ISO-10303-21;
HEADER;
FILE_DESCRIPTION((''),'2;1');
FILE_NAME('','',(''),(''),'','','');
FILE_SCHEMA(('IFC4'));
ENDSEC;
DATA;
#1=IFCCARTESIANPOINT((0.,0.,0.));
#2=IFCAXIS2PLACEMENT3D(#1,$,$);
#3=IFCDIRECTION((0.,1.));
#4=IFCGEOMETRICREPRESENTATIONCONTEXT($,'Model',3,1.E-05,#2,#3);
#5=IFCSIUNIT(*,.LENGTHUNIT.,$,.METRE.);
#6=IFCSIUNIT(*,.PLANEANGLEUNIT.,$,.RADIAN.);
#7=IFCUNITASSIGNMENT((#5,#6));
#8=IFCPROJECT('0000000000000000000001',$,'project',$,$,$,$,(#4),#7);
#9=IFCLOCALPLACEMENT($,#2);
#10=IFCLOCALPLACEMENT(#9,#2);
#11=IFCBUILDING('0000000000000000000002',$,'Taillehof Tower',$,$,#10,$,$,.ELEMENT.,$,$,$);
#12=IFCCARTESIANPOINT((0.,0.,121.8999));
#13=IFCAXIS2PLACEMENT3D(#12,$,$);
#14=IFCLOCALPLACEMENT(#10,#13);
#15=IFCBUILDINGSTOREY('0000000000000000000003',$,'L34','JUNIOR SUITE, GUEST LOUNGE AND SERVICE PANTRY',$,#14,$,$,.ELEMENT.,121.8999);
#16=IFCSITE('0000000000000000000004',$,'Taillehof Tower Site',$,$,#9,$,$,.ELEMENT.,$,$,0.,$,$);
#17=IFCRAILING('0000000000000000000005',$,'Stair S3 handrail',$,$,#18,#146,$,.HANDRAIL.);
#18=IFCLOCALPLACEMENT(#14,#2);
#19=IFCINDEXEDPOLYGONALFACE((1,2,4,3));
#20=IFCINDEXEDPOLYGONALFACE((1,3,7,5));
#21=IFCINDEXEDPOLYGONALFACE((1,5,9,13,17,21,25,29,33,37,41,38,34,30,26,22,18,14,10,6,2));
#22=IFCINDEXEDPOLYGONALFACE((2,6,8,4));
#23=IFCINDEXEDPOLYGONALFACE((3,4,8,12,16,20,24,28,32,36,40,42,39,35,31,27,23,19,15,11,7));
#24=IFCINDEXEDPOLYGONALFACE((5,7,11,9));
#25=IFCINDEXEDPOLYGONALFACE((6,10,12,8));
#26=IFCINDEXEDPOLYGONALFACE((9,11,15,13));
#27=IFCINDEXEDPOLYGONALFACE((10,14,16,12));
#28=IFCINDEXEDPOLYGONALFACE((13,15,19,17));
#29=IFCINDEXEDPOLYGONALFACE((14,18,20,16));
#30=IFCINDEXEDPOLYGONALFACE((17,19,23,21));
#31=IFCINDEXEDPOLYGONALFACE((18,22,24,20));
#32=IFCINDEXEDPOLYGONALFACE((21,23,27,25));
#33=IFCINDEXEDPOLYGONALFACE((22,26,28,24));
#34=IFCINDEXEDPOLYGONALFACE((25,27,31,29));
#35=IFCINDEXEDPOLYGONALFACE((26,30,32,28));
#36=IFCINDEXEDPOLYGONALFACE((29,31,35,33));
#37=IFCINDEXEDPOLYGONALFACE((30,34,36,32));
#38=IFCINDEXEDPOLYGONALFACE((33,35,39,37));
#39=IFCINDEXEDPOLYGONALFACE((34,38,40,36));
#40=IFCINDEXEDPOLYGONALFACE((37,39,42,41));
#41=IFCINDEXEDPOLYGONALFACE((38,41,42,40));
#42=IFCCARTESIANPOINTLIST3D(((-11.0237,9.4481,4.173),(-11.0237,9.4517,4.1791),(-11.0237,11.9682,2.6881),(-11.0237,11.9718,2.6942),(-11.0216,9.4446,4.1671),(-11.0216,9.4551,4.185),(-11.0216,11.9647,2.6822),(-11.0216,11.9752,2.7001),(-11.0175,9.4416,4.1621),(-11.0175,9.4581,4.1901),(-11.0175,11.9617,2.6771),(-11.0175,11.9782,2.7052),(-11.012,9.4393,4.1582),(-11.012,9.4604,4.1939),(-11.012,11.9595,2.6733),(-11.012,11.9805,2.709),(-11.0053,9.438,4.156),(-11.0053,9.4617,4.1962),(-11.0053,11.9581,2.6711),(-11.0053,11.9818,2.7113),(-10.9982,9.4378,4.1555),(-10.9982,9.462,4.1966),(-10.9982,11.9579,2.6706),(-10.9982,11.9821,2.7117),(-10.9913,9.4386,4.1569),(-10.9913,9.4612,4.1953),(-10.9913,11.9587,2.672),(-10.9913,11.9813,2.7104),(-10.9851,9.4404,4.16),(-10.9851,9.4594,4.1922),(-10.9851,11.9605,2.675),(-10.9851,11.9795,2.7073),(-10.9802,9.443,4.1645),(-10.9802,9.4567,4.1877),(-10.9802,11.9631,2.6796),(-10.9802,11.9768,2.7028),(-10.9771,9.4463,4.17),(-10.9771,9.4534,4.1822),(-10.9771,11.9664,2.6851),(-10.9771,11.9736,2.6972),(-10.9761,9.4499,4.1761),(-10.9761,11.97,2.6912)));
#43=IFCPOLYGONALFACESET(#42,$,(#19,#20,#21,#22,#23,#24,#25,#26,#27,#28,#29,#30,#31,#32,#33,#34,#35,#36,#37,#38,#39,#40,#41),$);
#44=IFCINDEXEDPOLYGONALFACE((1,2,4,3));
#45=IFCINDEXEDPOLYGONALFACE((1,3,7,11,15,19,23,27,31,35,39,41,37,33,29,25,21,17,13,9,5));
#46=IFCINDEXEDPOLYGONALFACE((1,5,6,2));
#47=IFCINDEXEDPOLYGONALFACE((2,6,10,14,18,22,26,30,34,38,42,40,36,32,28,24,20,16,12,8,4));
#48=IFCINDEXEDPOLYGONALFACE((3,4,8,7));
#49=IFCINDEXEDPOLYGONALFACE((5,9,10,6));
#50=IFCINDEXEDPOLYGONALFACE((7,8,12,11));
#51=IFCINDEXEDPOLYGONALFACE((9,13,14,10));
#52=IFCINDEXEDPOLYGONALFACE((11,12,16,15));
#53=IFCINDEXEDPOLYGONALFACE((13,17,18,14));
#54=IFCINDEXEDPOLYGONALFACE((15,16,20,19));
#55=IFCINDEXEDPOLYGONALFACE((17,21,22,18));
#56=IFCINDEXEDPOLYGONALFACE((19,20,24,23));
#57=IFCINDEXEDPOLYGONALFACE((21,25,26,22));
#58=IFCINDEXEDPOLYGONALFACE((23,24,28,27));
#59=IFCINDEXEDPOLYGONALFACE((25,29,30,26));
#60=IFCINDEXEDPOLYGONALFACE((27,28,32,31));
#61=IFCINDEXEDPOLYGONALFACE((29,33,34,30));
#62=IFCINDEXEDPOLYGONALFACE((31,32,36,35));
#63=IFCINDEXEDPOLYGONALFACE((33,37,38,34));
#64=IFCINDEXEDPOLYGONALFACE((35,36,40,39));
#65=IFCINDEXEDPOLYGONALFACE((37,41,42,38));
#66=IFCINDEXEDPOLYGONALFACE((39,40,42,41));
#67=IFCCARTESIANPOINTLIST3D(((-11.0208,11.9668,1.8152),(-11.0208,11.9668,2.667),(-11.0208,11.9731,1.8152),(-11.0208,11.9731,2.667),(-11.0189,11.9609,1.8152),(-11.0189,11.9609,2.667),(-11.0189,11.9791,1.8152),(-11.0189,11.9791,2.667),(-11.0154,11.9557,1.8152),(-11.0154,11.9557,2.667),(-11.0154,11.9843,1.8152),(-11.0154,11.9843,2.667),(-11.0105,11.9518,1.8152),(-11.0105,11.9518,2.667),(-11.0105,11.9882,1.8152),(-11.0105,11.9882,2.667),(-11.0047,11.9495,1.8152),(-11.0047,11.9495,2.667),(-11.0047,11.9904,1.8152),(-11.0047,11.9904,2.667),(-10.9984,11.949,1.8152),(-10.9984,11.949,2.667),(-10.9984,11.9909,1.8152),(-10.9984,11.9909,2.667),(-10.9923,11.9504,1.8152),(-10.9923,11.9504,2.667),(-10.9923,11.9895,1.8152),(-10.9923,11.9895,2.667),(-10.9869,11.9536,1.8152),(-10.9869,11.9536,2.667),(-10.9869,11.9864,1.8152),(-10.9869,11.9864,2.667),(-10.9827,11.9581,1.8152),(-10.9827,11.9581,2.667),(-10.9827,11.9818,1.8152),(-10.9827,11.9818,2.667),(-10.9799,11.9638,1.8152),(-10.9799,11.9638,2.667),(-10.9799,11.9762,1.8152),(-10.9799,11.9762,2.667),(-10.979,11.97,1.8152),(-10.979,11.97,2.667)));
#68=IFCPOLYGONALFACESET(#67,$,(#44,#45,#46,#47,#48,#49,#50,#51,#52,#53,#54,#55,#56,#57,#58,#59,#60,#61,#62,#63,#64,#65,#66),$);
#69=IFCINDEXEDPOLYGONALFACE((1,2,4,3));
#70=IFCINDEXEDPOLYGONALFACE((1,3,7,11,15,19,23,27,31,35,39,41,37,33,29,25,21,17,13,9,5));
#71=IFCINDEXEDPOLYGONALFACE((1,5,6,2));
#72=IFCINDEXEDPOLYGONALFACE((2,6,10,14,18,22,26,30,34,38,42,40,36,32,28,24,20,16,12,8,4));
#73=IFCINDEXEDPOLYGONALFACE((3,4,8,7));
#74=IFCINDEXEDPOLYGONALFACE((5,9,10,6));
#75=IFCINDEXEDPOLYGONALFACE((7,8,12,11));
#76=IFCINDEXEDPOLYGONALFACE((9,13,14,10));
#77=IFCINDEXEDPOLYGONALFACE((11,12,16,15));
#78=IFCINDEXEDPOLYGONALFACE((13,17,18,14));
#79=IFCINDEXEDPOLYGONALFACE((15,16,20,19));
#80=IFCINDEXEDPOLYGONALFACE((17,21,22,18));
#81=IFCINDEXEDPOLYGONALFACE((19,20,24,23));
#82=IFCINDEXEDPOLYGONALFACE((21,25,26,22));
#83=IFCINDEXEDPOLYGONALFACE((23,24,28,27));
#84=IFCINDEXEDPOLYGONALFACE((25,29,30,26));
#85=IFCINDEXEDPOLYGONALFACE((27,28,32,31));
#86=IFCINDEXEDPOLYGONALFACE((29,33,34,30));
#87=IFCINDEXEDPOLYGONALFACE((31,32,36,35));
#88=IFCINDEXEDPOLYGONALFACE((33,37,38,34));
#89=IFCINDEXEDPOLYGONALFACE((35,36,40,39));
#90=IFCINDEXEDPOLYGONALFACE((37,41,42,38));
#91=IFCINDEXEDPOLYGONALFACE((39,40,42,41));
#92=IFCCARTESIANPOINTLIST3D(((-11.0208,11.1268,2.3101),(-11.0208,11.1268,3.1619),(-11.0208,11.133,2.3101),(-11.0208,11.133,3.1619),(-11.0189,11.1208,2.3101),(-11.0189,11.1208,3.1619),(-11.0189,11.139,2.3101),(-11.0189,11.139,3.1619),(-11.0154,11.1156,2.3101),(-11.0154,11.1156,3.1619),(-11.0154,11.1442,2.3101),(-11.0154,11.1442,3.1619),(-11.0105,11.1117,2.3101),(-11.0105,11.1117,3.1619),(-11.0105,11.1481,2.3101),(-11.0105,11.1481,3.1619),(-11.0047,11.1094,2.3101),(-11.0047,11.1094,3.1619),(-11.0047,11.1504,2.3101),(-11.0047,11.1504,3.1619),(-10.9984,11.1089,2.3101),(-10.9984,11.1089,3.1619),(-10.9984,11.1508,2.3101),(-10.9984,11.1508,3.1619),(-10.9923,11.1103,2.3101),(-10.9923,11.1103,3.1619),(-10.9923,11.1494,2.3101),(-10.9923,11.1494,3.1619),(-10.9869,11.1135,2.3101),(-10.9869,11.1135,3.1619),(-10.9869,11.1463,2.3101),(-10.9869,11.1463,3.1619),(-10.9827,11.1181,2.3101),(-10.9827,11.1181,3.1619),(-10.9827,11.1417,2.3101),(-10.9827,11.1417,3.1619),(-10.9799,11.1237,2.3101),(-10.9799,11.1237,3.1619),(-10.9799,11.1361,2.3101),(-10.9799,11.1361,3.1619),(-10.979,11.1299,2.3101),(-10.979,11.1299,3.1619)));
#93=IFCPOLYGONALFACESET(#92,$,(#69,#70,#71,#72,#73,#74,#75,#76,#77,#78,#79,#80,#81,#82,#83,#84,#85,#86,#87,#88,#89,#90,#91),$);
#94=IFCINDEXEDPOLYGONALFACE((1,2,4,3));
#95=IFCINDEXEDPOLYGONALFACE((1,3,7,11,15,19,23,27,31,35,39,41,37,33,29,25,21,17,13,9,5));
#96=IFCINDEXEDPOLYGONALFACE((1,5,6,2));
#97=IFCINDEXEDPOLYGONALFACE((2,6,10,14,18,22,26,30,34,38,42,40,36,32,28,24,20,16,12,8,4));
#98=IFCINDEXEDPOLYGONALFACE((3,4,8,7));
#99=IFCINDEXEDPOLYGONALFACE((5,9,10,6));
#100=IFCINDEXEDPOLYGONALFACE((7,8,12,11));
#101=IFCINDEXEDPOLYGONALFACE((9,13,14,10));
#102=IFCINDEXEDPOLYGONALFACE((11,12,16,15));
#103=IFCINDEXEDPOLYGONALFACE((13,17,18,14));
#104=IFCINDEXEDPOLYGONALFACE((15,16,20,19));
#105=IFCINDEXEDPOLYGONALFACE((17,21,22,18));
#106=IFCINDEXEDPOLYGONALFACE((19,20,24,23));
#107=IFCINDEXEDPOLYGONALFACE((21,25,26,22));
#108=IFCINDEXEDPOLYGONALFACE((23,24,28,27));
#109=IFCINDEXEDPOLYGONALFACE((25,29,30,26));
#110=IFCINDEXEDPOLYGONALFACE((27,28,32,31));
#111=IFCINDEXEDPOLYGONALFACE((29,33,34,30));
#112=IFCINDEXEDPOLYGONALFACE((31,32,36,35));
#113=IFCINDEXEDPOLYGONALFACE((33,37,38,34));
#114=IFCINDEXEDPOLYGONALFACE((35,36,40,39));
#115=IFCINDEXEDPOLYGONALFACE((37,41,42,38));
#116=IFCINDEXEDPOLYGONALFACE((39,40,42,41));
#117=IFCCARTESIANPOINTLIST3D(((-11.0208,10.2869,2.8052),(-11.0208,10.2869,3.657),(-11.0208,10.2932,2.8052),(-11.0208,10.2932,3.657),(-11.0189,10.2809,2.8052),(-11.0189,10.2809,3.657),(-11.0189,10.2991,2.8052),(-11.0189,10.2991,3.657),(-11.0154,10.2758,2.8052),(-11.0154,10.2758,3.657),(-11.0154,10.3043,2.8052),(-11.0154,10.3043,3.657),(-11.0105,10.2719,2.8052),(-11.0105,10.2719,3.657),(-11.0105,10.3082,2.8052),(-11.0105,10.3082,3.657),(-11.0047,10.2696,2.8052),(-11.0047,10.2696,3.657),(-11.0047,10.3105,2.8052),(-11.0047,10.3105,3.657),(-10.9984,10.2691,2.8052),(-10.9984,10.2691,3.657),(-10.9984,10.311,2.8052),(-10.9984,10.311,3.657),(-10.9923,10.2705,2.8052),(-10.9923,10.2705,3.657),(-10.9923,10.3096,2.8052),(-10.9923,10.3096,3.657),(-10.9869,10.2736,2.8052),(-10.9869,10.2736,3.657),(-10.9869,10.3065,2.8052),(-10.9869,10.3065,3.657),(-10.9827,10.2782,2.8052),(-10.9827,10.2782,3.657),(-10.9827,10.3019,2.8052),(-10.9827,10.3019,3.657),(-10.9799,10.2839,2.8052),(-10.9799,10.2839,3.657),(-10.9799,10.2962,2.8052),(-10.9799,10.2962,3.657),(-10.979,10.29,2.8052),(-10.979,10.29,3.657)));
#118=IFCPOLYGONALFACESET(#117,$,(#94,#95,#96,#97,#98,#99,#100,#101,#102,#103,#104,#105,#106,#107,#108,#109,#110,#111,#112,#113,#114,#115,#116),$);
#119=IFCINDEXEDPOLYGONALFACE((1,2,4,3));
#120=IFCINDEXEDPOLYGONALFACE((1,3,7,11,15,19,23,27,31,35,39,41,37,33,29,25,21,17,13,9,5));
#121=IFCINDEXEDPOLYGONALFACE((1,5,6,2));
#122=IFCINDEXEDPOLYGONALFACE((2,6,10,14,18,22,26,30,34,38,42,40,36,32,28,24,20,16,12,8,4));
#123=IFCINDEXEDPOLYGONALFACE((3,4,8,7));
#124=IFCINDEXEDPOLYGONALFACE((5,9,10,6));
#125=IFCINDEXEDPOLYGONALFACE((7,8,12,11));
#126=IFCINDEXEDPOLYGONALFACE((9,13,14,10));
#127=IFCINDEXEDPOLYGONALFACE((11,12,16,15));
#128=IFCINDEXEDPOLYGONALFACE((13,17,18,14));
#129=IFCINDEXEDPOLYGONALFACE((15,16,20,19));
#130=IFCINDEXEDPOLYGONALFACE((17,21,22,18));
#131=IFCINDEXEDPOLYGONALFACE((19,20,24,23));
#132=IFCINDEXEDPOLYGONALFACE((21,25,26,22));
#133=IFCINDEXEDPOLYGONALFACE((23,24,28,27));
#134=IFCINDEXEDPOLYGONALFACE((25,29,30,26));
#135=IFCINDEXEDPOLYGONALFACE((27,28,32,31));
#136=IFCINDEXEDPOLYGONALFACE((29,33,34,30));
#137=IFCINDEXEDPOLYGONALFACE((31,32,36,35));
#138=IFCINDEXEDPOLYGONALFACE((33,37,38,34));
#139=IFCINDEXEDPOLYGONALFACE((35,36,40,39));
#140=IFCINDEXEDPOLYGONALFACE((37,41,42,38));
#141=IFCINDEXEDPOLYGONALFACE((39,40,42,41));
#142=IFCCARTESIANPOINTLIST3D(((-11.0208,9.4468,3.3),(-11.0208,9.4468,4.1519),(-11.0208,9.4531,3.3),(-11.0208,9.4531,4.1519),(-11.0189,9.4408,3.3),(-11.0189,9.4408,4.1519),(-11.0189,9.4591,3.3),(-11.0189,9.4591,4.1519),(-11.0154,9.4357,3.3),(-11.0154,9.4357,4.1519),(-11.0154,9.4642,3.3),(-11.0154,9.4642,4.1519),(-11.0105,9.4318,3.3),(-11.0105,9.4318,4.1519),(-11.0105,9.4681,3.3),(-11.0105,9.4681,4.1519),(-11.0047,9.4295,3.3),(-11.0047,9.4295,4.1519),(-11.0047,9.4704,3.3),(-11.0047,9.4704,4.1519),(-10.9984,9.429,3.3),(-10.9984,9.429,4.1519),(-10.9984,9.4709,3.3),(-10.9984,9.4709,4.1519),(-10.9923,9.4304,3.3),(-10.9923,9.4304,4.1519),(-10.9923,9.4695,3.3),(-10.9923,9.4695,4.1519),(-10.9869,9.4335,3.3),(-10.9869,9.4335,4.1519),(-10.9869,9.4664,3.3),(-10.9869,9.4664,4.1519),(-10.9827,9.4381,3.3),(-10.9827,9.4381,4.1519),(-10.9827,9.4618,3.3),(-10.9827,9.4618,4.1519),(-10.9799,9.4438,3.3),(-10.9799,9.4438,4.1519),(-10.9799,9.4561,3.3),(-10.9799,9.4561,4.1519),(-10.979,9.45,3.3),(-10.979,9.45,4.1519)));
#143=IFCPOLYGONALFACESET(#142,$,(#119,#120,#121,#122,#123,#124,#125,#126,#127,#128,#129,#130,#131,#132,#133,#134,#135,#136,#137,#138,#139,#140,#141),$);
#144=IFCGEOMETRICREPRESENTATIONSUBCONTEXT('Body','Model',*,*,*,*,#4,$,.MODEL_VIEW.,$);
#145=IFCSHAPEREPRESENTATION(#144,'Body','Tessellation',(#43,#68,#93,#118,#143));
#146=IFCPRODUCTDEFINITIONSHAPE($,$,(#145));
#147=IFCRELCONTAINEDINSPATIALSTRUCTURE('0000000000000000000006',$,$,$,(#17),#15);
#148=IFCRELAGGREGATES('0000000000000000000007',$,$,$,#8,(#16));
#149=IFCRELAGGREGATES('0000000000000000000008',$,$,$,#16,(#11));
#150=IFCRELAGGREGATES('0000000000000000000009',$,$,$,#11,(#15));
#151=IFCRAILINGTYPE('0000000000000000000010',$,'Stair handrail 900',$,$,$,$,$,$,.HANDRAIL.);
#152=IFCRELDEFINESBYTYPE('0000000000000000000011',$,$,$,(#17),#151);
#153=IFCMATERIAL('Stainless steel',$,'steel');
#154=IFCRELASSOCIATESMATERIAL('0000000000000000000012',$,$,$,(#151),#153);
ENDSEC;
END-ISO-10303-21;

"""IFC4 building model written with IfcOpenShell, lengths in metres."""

from ifc_helpers import new_model, si_unit, direction, frame, origin, origin_2d, place, context, subcontext, project, spatial, circle, extrude, material, type_object, element, save


model = new_model("IFC4")

# Units and contexts
model_context = context("Model", 3, precision=1e-05, world=origin(), true_north=direction((0.0, 1.0)))
body_context = subcontext(model_context, "Body", "Model", "MODEL_VIEW")
ifc_project = project(units=[si_unit("LENGTHUNIT", "METRE"), si_unit("PLANEANGLEUNIT", "RADIAN")], contexts=[model_context])

# Site, building, storey
site_placement = place(None, origin())
site = spatial("IfcSite", under=ifc_project, at=site_placement, Name="Taillehof Tower Site", CompositionType="ELEMENT", RefElevation=0.0)
building_placement = place(site_placement, origin())
building = spatial("IfcBuilding", under=site, at=building_placement, Name="Taillehof Tower", CompositionType="ELEMENT")
storey_placement = place(building_placement, frame((0.0, 0.0, 121.8999)))
storey = spatial("IfcBuildingStorey", under=building, at=storey_placement, Name="L34", Description="JUNIOR SUITE, GUEST LOUNGE AND SERVICE PANTRY", CompositionType="ELEMENT", Elevation=121.8999)

# Railing
ifc_material_1 = material(Name="Stainless steel", Category="steel")
railing_type = type_object("IfcRailingType", Name="Stair handrail 900", PredefinedType="HANDRAIL", material=ifc_material_1)
railing_placement = place(storey_placement, frame((-11.0, 11.97, 1.8152)))
element("IfcRailing", 1, at=railing_placement, inside=storey, type_object=railing_type, Name="Stair S3 handrail", PredefinedType="HANDRAIL", context=body_context, shape_type="SweptSolid", body=[
    extrude(circle(Radius=0.0239, at=origin_2d()), frame((0.0, 0.0, 0.876), z_axis=(0.0, -0.861561, 0.507655), x_axis=(1.0, 0.0, 0.0)), (0.0, 0.0, 1.0), 2.925),
    extrude(circle(Radius=0.021, at=origin_2d()), origin(), (0.0, 0.0, 1.0), 0.8518),
    extrude(circle(Radius=0.021, at=origin_2d()), frame((0.0, -0.8401, 0.4949)), (0.0, 0.0, 1.0), 0.8518),
    extrude(circle(Radius=0.021, at=origin_2d()), frame((0.0, -1.6799, 0.99)), (0.0, 0.0, 1.0), 0.8518),
    extrude(circle(Radius=0.021, at=origin_2d()), frame((0.0, -2.52, 1.4849)), (0.0, 0.0, 1.0), 0.8518),
])

save(model, "model.ifc")
